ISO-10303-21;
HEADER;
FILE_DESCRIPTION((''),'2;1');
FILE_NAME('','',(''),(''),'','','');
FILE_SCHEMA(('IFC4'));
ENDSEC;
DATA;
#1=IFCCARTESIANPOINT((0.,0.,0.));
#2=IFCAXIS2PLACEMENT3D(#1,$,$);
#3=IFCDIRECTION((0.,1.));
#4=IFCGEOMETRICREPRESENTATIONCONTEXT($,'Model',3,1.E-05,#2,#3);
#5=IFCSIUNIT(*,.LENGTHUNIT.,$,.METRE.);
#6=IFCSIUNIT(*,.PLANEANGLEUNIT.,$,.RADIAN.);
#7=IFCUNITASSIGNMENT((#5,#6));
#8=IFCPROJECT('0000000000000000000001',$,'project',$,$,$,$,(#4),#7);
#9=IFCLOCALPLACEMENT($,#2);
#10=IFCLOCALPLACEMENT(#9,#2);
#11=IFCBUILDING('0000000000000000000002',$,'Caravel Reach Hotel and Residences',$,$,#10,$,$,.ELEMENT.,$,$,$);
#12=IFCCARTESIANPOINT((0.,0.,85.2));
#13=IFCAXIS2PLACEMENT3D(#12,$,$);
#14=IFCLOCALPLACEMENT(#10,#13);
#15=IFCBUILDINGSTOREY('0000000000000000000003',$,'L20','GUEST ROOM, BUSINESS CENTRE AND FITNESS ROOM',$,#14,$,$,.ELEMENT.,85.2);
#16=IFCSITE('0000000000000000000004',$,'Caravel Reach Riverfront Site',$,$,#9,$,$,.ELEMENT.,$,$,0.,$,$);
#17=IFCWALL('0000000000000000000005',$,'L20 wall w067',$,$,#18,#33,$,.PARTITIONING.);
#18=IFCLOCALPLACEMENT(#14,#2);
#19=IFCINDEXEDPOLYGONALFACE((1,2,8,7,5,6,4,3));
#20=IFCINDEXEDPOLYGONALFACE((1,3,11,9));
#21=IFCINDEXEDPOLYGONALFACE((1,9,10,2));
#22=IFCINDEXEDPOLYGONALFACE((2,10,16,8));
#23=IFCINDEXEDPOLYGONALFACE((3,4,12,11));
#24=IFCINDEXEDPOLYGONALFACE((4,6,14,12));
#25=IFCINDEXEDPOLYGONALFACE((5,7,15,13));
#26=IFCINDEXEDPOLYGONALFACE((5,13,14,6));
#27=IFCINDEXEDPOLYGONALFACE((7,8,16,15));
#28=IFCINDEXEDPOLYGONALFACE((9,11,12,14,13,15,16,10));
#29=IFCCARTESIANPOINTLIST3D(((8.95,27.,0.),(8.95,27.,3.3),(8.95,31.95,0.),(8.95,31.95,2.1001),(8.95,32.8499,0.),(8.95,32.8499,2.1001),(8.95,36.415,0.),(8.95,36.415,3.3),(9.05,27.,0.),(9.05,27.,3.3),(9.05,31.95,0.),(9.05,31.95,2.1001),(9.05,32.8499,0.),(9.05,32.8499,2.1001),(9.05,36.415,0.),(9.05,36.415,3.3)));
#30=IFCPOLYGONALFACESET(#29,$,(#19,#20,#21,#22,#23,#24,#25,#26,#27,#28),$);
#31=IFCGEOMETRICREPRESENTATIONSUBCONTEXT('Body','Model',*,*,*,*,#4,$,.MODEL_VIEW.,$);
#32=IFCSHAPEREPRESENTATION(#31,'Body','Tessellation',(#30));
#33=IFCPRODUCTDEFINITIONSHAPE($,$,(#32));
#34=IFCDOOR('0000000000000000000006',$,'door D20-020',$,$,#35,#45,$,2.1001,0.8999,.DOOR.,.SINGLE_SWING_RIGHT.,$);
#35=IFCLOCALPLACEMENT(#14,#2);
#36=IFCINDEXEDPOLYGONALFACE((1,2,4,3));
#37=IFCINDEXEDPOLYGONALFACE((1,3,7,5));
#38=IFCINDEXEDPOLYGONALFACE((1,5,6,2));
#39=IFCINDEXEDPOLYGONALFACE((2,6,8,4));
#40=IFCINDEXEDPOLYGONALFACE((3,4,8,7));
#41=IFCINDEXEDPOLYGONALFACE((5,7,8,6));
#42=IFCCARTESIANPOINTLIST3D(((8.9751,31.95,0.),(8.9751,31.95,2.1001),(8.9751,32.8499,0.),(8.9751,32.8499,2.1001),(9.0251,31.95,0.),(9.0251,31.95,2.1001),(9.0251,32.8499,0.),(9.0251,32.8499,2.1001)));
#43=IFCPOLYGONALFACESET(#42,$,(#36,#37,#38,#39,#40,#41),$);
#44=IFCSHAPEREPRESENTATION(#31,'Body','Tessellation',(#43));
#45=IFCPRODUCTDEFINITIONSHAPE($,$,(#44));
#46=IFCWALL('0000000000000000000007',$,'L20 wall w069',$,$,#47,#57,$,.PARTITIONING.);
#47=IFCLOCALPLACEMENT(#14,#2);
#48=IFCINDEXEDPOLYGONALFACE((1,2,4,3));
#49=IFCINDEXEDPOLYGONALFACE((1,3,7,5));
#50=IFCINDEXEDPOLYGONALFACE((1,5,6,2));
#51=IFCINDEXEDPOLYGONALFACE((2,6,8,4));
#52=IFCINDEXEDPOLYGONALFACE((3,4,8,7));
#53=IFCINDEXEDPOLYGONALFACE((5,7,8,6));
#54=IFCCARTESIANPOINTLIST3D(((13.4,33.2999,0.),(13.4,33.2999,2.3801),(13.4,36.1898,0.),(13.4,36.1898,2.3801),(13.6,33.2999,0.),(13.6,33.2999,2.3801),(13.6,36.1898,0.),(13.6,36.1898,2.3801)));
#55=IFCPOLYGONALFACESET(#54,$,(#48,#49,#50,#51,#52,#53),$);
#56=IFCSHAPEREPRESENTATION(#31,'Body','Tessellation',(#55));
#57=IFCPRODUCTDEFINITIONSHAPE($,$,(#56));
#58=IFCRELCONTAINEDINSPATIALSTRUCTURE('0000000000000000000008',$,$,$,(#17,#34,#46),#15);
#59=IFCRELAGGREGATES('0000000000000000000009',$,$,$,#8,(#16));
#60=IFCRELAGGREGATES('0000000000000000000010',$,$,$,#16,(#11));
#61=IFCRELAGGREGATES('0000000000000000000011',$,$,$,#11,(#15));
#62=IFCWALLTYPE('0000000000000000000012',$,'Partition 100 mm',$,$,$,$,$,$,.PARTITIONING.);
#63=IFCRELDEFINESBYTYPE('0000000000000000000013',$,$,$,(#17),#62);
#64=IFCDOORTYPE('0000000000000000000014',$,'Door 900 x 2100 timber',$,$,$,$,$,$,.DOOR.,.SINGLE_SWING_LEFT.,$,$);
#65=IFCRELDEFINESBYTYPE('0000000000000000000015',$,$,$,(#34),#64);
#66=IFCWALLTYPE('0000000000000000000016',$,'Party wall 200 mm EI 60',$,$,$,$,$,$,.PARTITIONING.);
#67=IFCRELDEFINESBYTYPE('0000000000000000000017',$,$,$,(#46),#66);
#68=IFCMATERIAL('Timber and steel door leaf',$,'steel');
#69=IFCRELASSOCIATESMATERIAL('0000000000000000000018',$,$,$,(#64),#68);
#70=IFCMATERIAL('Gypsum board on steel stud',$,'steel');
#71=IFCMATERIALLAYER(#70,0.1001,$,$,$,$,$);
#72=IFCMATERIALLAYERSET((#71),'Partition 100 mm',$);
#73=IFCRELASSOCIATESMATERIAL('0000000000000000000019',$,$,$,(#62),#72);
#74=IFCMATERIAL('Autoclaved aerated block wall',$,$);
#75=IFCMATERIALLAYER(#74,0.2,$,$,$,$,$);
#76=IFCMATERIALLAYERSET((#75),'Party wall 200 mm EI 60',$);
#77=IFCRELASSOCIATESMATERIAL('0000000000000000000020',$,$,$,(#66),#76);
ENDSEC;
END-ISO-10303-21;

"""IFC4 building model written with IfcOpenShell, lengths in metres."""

from ifc_helpers import new_model, si_unit, direction, frame, frame_2d, origin, place, context, subcontext, project, spatial, rectangle, extrude, material, layer, layer_set, type_object, element, fill, save


model = new_model("IFC4")

# Units and contexts
model_context = context("Model", 3, precision=1e-05, world=origin(), true_north=direction((0.0, 1.0)))
body_context = subcontext(model_context, "Body", "Model", "MODEL_VIEW")
ifc_project = project(units=[si_unit("LENGTHUNIT", "METRE"), si_unit("PLANEANGLEUNIT", "RADIAN")], contexts=[model_context])

# Site, building, storey
site_placement = place(None, origin())
site = spatial("IfcSite", under=ifc_project, at=site_placement, Name="Caravel Reach Riverfront Site", CompositionType="ELEMENT", RefElevation=0.0)
building_placement = place(site_placement, origin())
building = spatial("IfcBuilding", under=site, at=building_placement, Name="Caravel Reach Hotel and Residences", CompositionType="ELEMENT")
storey_placement = place(building_placement, frame((0.0, 0.0, 85.2)))
storey = spatial("IfcBuildingStorey", under=building, at=storey_placement, Name="L20", Description="GUEST ROOM, BUSINESS CENTRE AND FITNESS ROOM", CompositionType="ELEMENT", Elevation=85.2)

# Shared definitions
ifc_material_1 = material(Name="Timber and steel door leaf", Category="steel")
door_type_1 = type_object("IfcDoorType", Name="Door 900 x 2100 timber", OperationType="SINGLE_SWING_LEFT", PredefinedType="DOOR", material=ifc_material_1)

# Shared definitions
ifc_material_2 = material(Name="Gypsum board on steel stud", Category="steel")
ifc_layer_1 = layer(ifc_material_2, 0.1001)
ifc_layer_set_1 = layer_set([ifc_layer_1], Name="Partition 100 mm")
wall_type_1 = type_object("IfcWallType", Name="Partition 100 mm", PredefinedType="PARTITIONING", material=ifc_layer_set_1)

# Wall, opening, door
wall_1_placement = place(storey_placement, frame((9.0, 27.0, 0.0), z_axis=(0.0, 0.0, 1.0), x_axis=(0.0, 1.0, 0.0)))
wall_1 = element("IfcWall", 1, at=wall_1_placement, inside=storey, type_object=wall_type_1, Name="L20 wall w067", PredefinedType="PARTITIONING", context=body_context, shape_type="SweptSolid", body=[
    extrude(rectangle(XDim=9.415, YDim=0.1001, at=frame_2d((4.7075, 0.0))), origin(), (0.0, 0.0, 1.0), 3.3),
])
opening_1_placement = place(wall_1_placement, frame((4.95, 0.0, 0.0)))
opening_1 = element("IfcOpeningElement", 2, at=opening_1_placement, cuts=wall_1, PredefinedType="OPENING", context=body_context, shape_type="SweptSolid", body=[
    extrude(rectangle(XDim=0.8999, YDim=2.1001, at=frame_2d((0.45, 1.05))), frame((0.0, 0.0601, 0.0), z_axis=(0.0, -1.0, 0.0), x_axis=(1.0, 0.0, 0.0)), (0.0, 0.0, 1.0), 0.1201),
])
door_1_placement = place(opening_1_placement, origin())
door_1 = element("IfcDoor", 3, at=door_1_placement, inside=storey, type_object=door_type_1, Name="door D20-020", OperationType="SINGLE_SWING_RIGHT", OverallHeight=2.1001, OverallWidth=0.8999, PredefinedType="DOOR", context=body_context, shape_type="SweptSolid", body=[
    extrude(rectangle(XDim=0.8999, YDim=2.1001, at=frame_2d((0.45, 1.05))), frame((0.0, 0.0249, 0.0), z_axis=(0.0, -1.0, 0.0), x_axis=(1.0, 0.0, 0.0)), (0.0, 0.0, 1.0), 0.05),
])
fill(opening_1, door_1)

# Wall
ifc_material_3 = material(Name="Autoclaved aerated block wall")
ifc_layer_2 = layer(ifc_material_3, 0.2)
ifc_layer_set_2 = layer_set([ifc_layer_2], Name="Party wall 200 mm EI 60")
wall_type_2 = type_object("IfcWallType", Name="Party wall 200 mm EI 60", PredefinedType="PARTITIONING", material=ifc_layer_set_2)
wall_2_placement = place(storey_placement, frame((13.5, 33.3, 0.0), z_axis=(0.0, 0.0, 1.0), x_axis=(0.0, 1.0, 0.0)))
element("IfcWall", 4, at=wall_2_placement, inside=storey, type_object=wall_type_2, Name="L20 wall w069", PredefinedType="PARTITIONING", context=body_context, shape_type="SweptSolid", body=[
    extrude(rectangle(XDim=2.8899, YDim=0.2, at=frame_2d((1.4448, 0.0))), origin(), (0.0, 0.0, 1.0), 2.3801),
])

save(model, "model.ifc")
